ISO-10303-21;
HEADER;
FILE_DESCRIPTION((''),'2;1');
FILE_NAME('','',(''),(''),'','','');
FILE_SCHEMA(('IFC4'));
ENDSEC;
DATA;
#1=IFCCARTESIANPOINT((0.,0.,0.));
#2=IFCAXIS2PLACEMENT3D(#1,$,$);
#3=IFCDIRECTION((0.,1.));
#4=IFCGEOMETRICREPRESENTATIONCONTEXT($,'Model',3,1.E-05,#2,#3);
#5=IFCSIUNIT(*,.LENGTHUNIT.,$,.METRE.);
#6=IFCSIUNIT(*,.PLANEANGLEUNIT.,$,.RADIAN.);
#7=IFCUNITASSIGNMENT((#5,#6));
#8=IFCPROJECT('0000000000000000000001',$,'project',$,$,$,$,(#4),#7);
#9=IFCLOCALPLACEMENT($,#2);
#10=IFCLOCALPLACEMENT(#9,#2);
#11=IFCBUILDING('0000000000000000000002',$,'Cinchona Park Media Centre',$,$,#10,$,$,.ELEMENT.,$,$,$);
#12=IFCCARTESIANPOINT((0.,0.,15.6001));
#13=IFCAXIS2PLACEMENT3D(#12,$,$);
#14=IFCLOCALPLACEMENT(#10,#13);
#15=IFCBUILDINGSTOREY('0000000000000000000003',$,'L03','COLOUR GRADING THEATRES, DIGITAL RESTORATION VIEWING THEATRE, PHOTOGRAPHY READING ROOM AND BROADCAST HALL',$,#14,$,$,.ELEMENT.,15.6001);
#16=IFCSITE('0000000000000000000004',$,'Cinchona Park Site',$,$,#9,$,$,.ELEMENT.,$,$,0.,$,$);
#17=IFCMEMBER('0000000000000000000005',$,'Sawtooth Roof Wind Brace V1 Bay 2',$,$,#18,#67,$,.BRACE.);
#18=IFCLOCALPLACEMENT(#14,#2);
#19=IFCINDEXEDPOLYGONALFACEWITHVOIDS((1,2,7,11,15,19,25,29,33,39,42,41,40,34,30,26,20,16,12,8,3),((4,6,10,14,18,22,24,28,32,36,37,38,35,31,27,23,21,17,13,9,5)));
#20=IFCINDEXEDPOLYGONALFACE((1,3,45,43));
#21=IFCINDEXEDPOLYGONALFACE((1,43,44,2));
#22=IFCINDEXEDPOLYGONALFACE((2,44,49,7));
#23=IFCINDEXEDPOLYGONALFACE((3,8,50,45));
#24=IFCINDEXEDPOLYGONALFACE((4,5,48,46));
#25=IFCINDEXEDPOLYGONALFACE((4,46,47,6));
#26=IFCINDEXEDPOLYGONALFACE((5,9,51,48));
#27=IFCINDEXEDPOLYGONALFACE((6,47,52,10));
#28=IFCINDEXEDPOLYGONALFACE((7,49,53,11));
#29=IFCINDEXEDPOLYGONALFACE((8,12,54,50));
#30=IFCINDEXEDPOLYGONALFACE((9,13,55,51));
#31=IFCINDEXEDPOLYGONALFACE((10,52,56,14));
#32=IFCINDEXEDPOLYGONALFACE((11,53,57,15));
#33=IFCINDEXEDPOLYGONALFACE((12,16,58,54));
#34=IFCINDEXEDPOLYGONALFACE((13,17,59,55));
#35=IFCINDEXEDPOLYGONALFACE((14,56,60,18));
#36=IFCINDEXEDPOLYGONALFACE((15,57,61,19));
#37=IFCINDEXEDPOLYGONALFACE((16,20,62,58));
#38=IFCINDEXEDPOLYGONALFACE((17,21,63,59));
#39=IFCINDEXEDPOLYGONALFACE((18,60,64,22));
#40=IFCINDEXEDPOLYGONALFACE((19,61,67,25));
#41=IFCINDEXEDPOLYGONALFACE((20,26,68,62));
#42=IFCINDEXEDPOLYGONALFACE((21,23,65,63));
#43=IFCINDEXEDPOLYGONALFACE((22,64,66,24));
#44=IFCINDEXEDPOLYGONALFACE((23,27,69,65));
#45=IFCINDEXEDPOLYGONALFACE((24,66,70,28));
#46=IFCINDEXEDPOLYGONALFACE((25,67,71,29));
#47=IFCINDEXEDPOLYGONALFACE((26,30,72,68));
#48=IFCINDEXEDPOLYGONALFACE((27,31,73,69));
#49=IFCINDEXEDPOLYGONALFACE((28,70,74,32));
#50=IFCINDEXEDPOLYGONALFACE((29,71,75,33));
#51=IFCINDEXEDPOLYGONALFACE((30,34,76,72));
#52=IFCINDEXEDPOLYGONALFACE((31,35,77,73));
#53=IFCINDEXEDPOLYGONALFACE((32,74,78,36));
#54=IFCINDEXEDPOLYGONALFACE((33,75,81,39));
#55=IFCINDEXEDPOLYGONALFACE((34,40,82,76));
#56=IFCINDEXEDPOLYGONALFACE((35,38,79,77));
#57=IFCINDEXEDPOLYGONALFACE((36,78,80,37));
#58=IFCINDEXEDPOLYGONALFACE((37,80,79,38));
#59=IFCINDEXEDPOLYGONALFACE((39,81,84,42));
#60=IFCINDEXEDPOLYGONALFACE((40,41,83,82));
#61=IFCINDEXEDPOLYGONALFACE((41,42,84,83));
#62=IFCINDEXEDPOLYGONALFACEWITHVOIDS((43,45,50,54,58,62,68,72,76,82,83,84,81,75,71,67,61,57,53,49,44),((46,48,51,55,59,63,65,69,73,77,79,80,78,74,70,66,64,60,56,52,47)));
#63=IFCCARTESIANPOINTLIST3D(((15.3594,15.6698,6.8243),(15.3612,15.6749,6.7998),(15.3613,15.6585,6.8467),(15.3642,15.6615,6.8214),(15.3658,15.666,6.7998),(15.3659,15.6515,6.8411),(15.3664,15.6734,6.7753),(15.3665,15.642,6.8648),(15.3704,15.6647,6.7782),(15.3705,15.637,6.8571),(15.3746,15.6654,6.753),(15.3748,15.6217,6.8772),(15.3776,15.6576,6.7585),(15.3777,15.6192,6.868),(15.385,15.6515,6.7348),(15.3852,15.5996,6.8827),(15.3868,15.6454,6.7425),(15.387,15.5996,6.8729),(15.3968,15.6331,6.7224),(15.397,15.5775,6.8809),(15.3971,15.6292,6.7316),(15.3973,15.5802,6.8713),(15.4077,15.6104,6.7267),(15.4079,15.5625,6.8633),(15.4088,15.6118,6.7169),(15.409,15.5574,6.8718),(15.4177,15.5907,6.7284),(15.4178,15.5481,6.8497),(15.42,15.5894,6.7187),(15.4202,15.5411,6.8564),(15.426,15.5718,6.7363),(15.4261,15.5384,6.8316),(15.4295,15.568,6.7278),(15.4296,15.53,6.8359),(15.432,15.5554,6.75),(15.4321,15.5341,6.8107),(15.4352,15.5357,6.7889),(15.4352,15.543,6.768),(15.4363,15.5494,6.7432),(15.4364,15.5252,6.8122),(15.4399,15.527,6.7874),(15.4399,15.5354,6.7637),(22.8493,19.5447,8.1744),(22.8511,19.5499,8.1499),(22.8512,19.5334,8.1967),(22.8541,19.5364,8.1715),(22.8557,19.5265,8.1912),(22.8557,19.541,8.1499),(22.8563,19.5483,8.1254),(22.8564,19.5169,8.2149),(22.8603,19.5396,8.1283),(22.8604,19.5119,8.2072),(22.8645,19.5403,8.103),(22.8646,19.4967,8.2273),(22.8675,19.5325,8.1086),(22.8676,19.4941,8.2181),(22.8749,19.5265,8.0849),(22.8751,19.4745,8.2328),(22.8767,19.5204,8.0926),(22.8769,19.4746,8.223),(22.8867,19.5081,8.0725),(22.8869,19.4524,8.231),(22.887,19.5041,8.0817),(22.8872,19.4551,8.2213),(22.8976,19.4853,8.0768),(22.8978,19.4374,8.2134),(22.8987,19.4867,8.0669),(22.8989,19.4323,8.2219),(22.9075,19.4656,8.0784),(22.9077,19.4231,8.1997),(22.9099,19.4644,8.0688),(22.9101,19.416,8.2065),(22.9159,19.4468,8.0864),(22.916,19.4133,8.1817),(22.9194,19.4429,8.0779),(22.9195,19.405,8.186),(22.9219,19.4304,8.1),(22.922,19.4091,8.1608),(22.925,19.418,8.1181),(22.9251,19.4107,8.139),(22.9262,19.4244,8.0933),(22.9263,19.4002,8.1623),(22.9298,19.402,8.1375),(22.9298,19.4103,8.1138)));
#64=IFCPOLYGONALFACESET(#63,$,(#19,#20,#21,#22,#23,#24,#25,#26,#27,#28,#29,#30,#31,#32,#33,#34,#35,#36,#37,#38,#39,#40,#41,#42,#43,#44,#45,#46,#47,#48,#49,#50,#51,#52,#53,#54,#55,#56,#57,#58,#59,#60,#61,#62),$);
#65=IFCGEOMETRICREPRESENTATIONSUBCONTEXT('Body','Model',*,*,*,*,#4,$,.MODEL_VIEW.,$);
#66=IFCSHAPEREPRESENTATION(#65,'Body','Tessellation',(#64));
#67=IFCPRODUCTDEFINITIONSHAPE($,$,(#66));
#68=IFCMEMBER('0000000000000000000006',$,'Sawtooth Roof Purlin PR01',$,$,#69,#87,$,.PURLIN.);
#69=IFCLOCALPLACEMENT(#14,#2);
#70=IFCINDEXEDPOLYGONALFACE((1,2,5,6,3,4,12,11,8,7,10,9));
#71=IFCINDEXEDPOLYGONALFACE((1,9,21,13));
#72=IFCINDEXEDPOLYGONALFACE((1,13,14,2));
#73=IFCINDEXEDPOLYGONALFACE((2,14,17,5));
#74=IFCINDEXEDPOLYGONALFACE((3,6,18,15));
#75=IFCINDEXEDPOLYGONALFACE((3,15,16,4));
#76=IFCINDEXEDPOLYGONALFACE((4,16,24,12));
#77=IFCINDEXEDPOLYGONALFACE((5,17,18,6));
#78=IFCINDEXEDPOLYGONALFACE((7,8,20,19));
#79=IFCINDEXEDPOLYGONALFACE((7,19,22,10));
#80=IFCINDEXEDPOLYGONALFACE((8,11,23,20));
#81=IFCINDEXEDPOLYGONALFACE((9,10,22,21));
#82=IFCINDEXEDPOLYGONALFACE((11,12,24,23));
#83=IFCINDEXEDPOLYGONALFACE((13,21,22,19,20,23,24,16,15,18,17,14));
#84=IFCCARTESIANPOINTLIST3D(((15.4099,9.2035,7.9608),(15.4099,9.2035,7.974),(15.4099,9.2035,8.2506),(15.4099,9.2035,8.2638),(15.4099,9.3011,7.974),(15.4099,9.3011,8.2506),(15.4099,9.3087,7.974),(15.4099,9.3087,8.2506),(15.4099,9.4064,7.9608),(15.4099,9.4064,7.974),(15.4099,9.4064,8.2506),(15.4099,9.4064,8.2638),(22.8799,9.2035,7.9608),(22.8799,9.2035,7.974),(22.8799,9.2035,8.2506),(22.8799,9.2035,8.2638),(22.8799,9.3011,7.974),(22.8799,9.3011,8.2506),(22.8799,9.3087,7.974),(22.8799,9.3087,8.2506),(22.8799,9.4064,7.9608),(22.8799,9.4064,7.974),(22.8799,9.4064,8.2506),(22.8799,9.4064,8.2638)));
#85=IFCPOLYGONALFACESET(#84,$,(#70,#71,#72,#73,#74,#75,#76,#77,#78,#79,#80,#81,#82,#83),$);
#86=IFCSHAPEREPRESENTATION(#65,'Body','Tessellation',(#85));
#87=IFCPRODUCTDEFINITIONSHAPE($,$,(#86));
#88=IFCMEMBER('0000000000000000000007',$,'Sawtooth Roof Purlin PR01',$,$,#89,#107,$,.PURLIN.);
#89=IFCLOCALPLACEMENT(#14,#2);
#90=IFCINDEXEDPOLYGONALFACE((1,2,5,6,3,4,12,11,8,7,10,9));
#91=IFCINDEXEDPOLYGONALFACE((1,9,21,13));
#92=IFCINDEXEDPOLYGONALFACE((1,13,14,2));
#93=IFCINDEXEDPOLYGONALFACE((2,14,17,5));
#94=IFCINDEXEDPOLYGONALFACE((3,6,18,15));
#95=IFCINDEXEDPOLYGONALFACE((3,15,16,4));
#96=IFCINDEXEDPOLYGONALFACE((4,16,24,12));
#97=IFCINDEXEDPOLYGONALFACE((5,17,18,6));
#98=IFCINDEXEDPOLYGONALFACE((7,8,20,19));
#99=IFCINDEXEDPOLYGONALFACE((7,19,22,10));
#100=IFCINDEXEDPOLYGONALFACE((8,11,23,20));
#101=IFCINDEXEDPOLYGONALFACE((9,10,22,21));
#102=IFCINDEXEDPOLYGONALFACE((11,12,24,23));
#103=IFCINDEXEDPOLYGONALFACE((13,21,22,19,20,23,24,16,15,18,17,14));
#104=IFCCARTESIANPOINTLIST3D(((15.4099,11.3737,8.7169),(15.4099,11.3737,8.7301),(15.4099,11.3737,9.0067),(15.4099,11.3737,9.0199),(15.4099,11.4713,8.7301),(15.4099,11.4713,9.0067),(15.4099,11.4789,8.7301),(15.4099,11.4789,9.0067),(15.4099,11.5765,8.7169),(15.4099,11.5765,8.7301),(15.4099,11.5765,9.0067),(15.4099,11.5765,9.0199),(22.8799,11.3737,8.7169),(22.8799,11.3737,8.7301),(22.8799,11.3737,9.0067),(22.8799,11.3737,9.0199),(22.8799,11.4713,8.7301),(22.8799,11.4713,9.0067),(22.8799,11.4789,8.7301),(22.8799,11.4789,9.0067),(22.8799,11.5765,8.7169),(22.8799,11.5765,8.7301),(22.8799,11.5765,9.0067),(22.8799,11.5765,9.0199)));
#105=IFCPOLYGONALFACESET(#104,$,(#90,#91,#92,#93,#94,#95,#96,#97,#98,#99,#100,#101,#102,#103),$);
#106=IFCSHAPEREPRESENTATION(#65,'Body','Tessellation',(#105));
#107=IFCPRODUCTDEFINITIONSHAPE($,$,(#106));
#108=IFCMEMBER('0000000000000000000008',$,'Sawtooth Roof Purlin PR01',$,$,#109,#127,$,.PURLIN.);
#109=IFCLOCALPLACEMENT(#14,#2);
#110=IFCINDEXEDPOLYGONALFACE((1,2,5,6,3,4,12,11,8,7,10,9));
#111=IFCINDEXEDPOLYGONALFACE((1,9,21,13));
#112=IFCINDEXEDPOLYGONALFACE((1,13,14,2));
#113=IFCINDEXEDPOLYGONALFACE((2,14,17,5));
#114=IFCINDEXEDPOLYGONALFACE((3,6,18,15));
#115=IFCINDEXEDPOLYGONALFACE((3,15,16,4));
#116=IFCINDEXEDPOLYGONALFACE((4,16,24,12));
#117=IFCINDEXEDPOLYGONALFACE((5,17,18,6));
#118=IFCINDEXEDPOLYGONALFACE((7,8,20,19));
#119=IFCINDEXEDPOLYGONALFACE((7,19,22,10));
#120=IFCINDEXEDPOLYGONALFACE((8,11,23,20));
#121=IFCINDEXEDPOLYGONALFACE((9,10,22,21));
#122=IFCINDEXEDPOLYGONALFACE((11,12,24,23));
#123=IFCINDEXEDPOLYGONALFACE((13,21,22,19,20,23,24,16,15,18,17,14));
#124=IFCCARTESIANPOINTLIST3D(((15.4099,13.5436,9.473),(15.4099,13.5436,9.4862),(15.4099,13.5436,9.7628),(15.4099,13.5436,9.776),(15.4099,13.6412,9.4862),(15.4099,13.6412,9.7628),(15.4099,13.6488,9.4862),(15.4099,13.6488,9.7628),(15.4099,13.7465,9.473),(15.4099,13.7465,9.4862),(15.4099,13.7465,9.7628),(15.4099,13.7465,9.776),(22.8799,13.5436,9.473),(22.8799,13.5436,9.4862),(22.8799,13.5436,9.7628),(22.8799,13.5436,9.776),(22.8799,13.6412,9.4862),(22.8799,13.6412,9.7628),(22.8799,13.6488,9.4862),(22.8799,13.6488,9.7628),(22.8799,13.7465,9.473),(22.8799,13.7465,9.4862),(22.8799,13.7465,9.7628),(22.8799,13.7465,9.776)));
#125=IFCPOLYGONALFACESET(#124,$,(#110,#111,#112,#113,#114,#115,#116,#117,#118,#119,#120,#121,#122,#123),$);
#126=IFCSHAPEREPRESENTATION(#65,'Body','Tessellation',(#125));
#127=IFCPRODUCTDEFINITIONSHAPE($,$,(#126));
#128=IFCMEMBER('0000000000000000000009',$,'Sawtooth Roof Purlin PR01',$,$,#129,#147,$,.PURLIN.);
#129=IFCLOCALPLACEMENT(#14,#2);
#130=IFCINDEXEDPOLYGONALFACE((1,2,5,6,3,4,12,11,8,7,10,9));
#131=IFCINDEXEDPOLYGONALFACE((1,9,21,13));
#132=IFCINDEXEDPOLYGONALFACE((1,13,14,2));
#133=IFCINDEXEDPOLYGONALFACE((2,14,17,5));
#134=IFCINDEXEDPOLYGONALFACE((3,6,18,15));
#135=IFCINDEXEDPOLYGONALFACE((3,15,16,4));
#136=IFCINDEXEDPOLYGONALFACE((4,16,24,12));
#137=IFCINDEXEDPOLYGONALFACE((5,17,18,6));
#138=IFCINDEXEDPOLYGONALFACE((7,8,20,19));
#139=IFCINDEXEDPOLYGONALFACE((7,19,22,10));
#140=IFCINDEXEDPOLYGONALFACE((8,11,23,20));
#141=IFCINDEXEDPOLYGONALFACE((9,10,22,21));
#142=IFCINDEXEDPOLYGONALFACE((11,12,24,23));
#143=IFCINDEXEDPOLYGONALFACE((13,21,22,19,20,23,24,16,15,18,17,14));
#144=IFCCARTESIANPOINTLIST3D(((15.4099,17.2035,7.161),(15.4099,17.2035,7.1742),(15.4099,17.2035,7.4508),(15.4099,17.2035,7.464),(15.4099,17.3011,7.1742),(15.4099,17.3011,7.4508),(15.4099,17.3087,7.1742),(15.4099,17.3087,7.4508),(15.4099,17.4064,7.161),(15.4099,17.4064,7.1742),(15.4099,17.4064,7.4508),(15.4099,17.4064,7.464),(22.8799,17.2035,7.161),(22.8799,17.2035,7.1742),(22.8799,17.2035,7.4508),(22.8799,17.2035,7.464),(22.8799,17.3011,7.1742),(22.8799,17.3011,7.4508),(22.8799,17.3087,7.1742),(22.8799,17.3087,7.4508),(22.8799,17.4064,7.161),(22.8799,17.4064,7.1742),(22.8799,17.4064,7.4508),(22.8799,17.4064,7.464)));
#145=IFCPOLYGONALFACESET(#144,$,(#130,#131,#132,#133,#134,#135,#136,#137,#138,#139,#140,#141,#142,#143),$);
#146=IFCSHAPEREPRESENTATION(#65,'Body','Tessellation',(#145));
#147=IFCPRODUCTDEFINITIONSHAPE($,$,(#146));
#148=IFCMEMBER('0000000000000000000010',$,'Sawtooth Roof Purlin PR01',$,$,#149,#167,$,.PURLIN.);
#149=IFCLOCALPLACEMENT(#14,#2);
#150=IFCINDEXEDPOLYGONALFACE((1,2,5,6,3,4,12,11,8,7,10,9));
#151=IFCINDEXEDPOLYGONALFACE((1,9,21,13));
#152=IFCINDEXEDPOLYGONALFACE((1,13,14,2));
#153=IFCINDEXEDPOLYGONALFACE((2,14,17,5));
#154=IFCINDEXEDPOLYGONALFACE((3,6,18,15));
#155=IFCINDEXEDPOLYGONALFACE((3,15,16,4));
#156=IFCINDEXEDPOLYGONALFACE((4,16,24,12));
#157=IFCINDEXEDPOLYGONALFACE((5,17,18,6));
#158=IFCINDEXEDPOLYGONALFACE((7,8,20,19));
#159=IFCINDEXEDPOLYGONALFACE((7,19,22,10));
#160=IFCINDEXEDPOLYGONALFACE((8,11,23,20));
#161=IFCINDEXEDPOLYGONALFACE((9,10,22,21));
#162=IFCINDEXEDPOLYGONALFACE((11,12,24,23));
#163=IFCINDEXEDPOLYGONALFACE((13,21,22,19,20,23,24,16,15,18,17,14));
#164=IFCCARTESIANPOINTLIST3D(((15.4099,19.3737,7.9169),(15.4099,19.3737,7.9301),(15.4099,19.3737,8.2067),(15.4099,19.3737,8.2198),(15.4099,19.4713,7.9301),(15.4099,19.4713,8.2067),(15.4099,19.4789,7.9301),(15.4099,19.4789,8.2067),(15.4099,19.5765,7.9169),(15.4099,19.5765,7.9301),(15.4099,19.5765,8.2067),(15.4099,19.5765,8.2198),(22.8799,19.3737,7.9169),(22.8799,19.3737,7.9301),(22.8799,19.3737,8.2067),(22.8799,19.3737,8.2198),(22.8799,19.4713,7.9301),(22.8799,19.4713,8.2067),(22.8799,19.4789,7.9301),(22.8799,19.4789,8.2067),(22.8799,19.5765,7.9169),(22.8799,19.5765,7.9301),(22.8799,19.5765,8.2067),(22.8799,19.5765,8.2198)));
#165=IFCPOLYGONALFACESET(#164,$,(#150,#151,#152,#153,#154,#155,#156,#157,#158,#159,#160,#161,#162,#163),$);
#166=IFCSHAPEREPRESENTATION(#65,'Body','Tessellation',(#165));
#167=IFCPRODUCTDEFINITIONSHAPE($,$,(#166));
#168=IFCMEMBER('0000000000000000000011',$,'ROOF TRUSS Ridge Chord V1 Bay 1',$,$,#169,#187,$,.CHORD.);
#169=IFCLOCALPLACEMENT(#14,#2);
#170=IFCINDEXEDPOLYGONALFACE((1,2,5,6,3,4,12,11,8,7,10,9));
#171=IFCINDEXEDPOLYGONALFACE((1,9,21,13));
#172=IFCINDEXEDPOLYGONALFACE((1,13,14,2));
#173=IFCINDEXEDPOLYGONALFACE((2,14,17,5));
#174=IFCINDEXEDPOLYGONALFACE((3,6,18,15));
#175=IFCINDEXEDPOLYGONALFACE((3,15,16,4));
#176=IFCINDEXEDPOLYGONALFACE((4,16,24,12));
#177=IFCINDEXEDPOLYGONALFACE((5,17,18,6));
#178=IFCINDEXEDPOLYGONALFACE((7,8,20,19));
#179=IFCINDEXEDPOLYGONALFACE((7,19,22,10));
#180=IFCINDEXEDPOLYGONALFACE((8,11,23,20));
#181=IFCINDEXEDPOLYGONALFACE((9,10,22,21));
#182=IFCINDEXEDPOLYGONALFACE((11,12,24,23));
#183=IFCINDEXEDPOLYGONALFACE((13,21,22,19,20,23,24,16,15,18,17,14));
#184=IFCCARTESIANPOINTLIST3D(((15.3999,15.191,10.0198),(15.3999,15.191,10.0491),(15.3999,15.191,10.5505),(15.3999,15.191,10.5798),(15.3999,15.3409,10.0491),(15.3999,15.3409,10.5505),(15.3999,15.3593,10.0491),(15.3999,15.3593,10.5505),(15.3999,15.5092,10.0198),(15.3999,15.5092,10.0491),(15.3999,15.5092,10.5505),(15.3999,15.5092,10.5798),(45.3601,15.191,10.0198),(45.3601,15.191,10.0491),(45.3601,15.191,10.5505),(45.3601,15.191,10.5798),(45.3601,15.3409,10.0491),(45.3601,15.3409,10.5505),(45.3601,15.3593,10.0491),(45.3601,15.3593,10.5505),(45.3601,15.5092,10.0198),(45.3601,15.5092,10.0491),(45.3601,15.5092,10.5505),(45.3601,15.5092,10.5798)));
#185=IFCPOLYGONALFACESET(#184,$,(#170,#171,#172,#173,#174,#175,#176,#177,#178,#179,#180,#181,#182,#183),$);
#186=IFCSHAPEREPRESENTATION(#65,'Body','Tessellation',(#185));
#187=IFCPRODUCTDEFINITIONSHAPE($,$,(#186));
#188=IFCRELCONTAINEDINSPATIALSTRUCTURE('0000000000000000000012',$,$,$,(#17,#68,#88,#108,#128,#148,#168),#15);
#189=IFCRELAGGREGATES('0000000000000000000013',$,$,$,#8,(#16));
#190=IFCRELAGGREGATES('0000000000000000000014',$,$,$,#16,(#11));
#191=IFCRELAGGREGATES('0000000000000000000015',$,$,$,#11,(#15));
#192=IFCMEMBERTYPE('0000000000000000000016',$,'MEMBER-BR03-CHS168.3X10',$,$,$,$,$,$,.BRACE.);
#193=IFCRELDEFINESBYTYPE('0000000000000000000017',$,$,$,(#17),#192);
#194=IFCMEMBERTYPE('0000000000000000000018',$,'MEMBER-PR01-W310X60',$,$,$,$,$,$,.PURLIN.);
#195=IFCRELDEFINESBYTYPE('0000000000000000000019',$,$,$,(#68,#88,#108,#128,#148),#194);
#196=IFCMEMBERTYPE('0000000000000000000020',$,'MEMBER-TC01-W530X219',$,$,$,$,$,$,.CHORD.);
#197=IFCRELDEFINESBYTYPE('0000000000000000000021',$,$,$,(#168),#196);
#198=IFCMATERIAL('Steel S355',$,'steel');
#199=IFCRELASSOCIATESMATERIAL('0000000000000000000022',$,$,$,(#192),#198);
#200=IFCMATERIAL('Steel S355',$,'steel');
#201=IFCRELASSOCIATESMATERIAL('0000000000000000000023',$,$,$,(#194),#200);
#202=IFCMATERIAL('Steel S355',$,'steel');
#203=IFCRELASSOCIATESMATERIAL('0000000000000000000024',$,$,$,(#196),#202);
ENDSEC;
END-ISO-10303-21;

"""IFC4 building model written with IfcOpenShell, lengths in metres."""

from ifc_helpers import new_model, si_unit, direction, frame, origin, origin_2d, place, context, subcontext, project, spatial, hollow_circle, i_section, extrude, material, material_profile, profile_set, type_object, element, save


model = new_model("IFC4")

# Units and contexts
model_context = context("Model", 3, precision=1e-05, world=origin(), true_north=direction((0.0, 1.0)))
body_context = subcontext(model_context, "Body", "Model", "MODEL_VIEW")
ifc_project = project(units=[si_unit("LENGTHUNIT", "METRE"), si_unit("PLANEANGLEUNIT", "RADIAN")], contexts=[model_context])

# Site, building, storey
site_placement = place(None, origin())
site = spatial("IfcSite", under=ifc_project, at=site_placement, Name="Cinchona Park Site", CompositionType="ELEMENT", RefElevation=0.0)
building_placement = place(site_placement, origin())
building = spatial("IfcBuilding", under=site, at=building_placement, Name="Cinchona Park Media Centre", CompositionType="ELEMENT")
storey_placement = place(building_placement, frame((0.0, 0.0, 15.6001)))
storey = spatial("IfcBuildingStorey", under=building, at=storey_placement, Name="L03", Description="COLOUR GRADING THEATRES, DIGITAL RESTORATION VIEWING THEATRE, PHOTOGRAPHY READING ROOM AND BROADCAST HALL", CompositionType="ELEMENT", Elevation=15.6001)

# Members
ifc_material_1 = material(Name="Steel S355", Category="steel")
ifc_material_profile_1 = material_profile(ifc_material_1, hollow_circle(Radius=0.0842, WallThickness=0.01, at=origin_2d()), Name="168.3X10CHS")
ifc_profile_set_1 = profile_set([ifc_material_profile_1], Name="Steel S355")
member_type_1 = type_object("IfcMemberType", Name="MEMBER-BR03-CHS168.3X10", PredefinedType="BRACE", material=ifc_profile_set_1)
member_1_placement = place(storey_placement, frame((15.3999, 15.6001, 6.7998), z_axis=(0.877007, 0.453726, 0.158084), x_axis=(-0.459504, 0.888176, 0.0)))
element("IfcMember", 1, at=member_1_placement, inside=storey, type_object=member_type_1, Name="Sawtooth Roof Wind Brace V1 Bay 2", PredefinedType="BRACE", context=body_context, shape_type="SweptSolid", body=[
    extrude(hollow_circle(Radius=0.0842, WallThickness=0.01, at=origin_2d()), origin(), (0.0, 0.0, 1.0), 8.5403),
])
ifc_material_2 = material(Name="Steel S355", Category="steel")
ifc_material_profile_2 = material_profile(ifc_material_2, i_section(OverallWidth=0.2029, OverallDepth=0.303, WebThickness=0.0076, FlangeThickness=0.0132, at=origin_2d()), Name="W310X60")
ifc_profile_set_2 = profile_set([ifc_material_profile_2], Name="Steel S355")
member_type_2 = type_object("IfcMemberType", Name="MEMBER-PR01-W310X60", PredefinedType="PURLIN", material=ifc_profile_set_2)
for number, where, z_axis, x_axis, name in (
    (2, (15.4099, 9.3049, 8.1123), (1.0, 0.0, 0.0), (0.0, 1.0, 0.0), "Sawtooth Roof Purlin PR01"),
    (3, (15.4099, 11.4751, 8.8684), (1.0, 0.0, 0.0), (0.0, 1.0, 0.0), "Sawtooth Roof Purlin PR01"),
    (4, (15.4099, 13.645, 9.6245), (1.0, 0.0, 0.0), (0.0, 1.0, 0.0), "Sawtooth Roof Purlin PR01"),
    (5, (15.4099, 17.3049, 7.3125), (1.0, 0.0, 0.0), (0.0, 1.0, 0.0), "Sawtooth Roof Purlin PR01"),
    (6, (15.4099, 19.4751, 8.0684), (1.0, 0.0, 0.0), (0.0, 1.0, 0.0), "Sawtooth Roof Purlin PR01"),
):
    element("IfcMember", number, at=place(storey_placement, frame(where, z_axis=z_axis, x_axis=x_axis)), inside=storey, type_object=member_type_2, Name=name, PredefinedType="PURLIN", context=body_context, shape_type="SweptSolid", body=[
        extrude(i_section(OverallWidth=0.2029, OverallDepth=0.303, WebThickness=0.0076, FlangeThickness=0.0132, at=origin_2d()), origin(), (0.0, 0.0, 1.0), 7.47),
    ])
ifc_material_3 = material(Name="Steel S355", Category="steel")
ifc_material_profile_3 = material_profile(ifc_material_3, i_section(OverallWidth=0.3181, OverallDepth=0.5601, WebThickness=0.0183, FlangeThickness=0.0293, at=origin_2d()), Name="W530X219")
ifc_profile_set_3 = profile_set([ifc_material_profile_3], Name="Steel S355")
member_type_3 = type_object("IfcMemberType", Name="MEMBER-TC01-W530X219", PredefinedType="CHORD", material=ifc_profile_set_3)
member_2_placement = place(storey_placement, frame((15.3999, 15.3501, 10.2998), z_axis=(1.0, 0.0, 0.0), x_axis=(0.0, 1.0, 0.0)))
element("IfcMember", 7, at=member_2_placement, inside=storey, type_object=member_type_3, Name="ROOF TRUSS Ridge Chord V1 Bay 1", PredefinedType="CHORD", context=body_context, shape_type="SweptSolid", body=[
    extrude(i_section(OverallWidth=0.3181, OverallDepth=0.5601, WebThickness=0.0183, FlangeThickness=0.0293, at=origin_2d()), origin(), (0.0, 0.0, 1.0), 29.9602),
])

save(model, "model.ifc")
